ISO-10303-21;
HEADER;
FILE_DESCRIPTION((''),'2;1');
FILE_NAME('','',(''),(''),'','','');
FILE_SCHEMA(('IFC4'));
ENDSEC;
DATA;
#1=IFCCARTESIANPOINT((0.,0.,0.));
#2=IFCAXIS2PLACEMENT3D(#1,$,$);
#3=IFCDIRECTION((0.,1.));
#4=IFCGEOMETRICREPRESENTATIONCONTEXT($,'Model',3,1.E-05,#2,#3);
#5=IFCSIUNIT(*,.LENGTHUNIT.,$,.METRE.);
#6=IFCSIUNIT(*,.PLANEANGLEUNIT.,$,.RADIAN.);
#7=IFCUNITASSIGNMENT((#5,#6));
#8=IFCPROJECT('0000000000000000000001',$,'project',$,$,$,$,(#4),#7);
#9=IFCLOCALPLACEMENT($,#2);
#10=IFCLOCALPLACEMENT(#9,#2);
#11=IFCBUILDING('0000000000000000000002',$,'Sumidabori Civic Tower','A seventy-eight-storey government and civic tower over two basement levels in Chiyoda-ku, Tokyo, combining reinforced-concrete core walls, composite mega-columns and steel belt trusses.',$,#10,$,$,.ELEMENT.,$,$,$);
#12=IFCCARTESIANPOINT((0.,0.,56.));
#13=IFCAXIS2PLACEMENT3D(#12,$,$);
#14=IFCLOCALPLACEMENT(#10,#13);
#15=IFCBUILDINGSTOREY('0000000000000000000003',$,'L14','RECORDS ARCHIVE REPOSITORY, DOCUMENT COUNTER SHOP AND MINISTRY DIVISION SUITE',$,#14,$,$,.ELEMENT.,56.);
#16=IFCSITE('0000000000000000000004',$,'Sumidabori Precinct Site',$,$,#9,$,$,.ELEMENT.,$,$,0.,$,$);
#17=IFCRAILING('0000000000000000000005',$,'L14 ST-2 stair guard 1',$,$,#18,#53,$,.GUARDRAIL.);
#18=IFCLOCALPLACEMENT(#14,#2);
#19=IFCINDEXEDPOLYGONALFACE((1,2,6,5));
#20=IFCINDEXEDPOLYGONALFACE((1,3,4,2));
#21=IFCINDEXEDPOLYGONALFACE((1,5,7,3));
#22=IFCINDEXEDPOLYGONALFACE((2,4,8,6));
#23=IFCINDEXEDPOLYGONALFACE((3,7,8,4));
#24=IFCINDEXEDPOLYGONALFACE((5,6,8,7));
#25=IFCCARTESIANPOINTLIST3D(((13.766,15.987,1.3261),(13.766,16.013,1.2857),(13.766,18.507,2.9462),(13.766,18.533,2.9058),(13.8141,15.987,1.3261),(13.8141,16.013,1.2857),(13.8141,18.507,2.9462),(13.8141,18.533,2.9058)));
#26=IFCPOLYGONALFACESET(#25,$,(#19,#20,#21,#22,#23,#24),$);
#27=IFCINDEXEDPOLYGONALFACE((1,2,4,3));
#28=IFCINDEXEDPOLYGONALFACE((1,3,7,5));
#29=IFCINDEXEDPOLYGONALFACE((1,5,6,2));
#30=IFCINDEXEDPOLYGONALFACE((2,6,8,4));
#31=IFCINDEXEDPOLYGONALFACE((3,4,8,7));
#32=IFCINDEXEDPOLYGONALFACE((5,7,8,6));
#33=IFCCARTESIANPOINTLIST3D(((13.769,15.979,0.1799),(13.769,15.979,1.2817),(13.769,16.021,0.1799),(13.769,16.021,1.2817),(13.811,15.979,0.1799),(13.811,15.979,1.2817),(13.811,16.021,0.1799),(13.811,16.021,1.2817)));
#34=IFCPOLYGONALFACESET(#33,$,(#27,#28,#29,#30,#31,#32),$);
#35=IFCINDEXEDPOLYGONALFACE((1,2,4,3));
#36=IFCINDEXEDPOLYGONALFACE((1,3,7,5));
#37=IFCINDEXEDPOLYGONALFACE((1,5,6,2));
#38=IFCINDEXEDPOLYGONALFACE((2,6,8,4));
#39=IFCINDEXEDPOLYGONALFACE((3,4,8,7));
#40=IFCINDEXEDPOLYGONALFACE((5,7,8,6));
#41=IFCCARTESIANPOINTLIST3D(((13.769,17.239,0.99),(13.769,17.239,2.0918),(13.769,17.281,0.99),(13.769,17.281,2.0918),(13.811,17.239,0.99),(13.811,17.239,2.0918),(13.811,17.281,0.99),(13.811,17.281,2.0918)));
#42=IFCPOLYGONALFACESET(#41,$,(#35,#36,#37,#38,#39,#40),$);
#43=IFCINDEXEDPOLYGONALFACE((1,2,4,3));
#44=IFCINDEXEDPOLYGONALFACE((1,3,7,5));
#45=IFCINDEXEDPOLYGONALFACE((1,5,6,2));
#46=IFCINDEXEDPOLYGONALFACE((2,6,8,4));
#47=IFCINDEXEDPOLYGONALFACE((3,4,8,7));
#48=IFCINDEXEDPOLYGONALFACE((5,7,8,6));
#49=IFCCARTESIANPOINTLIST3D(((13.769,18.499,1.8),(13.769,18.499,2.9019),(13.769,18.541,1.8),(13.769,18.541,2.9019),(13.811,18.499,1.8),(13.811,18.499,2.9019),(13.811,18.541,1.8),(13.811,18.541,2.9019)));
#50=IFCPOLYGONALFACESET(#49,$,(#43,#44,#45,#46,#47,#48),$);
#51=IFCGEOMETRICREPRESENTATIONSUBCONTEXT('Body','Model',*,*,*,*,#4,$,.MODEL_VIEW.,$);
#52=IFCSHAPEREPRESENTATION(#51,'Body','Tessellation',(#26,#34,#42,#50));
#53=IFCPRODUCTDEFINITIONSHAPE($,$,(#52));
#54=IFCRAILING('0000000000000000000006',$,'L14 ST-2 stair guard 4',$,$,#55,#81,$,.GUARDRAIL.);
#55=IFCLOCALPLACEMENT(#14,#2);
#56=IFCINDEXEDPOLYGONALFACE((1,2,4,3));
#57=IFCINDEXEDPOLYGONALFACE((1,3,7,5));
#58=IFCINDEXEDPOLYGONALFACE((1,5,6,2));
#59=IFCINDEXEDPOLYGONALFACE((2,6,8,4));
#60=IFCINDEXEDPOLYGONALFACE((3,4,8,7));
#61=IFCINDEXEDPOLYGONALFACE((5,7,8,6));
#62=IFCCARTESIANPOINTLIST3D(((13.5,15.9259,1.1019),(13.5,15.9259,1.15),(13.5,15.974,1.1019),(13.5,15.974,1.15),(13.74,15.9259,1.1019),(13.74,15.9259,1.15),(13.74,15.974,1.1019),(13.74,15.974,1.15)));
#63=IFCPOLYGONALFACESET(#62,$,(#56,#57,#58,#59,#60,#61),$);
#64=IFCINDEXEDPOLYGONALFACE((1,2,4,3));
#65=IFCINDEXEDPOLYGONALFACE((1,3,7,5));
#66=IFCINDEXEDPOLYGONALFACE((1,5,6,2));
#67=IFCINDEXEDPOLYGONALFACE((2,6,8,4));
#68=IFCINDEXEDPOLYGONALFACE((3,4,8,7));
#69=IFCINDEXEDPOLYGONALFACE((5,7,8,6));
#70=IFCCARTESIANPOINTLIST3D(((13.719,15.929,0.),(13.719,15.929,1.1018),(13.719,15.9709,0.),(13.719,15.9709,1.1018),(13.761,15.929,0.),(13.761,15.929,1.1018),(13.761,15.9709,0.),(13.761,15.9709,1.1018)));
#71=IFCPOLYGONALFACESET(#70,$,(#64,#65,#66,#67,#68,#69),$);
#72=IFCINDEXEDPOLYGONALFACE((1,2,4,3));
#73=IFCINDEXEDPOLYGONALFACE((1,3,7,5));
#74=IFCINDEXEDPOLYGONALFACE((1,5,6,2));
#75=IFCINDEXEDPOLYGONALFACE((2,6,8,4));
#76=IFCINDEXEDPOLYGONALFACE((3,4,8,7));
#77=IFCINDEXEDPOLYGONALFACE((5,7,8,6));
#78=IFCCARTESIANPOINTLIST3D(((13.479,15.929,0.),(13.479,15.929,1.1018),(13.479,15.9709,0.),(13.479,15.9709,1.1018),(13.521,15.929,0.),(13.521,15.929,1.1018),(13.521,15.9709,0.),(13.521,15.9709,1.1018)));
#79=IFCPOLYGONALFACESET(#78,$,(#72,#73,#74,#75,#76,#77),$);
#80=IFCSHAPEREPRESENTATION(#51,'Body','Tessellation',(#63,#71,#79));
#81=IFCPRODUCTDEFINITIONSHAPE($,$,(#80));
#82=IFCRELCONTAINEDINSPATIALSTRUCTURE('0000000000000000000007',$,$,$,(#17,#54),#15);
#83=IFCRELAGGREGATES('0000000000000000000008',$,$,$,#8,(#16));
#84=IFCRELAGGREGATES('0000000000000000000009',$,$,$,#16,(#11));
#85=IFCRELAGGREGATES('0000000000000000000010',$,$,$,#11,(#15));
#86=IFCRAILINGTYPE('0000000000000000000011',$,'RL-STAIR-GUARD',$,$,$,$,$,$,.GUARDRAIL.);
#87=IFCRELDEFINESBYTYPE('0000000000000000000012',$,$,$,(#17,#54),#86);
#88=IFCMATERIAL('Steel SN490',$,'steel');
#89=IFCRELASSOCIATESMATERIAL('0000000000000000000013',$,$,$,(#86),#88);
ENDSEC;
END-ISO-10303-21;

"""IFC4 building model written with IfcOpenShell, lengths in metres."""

from ifc_helpers import new_model, si_unit, direction, frame, origin, origin_2d, place, context, subcontext, project, spatial, rectangle, extrude, material, type_object, element, save


model = new_model("IFC4")

# Units and contexts
model_context = context("Model", 3, precision=1e-05, world=origin(), true_north=direction((0.0, 1.0)))
body_context = subcontext(model_context, "Body", "Model", "MODEL_VIEW")
ifc_project = project(units=[si_unit("LENGTHUNIT", "METRE"), si_unit("PLANEANGLEUNIT", "RADIAN")], contexts=[model_context])

# Site, building, storey
site_placement = place(None, origin())
site = spatial("IfcSite", under=ifc_project, at=site_placement, Name="Sumidabori Precinct Site", CompositionType="ELEMENT", RefElevation=0.0)
building_placement = place(site_placement, origin())
building = spatial("IfcBuilding", under=site, at=building_placement, Name="Sumidabori Civic Tower", Description="A seventy-eight-storey government and civic tower over two basement levels in Chiyoda-ku, Tokyo, combining reinforced-concrete core walls, composite mega-columns and steel belt trusses.", CompositionType="ELEMENT")
storey_placement = place(building_placement, frame((0.0, 0.0, 56.0)))
storey = spatial("IfcBuildingStorey", under=building, at=storey_placement, Name="L14", Description="RECORDS ARCHIVE REPOSITORY, DOCUMENT COUNTER SHOP AND MINISTRY DIVISION SUITE", CompositionType="ELEMENT", Elevation=56.0)

# Shared definitions
ifc_material_1 = material(Name="Steel SN490", Category="steel")

# Railings
railing_type_1 = type_object("IfcRailingType", Name="RL-STAIR-GUARD", PredefinedType="GUARDRAIL", material=ifc_material_1)
railing_1_placement = place(storey_placement, frame((13.79, 16.0, 0.1799)))
element("IfcRailing", 1, at=railing_1_placement, inside=storey, type_object=railing_type_1, Name="L14 ST-2 stair guard 1", PredefinedType="GUARDRAIL", context=body_context, shape_type="SweptSolid", body=[
    extrude(rectangle(XDim=0.0481, YDim=0.0481, at=origin_2d()), frame((0.0, 0.0, 1.126), z_axis=(0.0, 0.841163, 0.540782), x_axis=(-1.0, 0.0, 0.0)), (0.0, 0.0, 1.0), 2.9958),
    extrude(rectangle(XDim=0.042, YDim=0.042, at=origin_2d()), origin(), (0.0, 0.0, 1.0), 1.1018),
    extrude(rectangle(XDim=0.042, YDim=0.042, at=origin_2d()), frame((0.0, 1.26, 0.8101)), (0.0, 0.0, 1.0), 1.1018),
    extrude(rectangle(XDim=0.042, YDim=0.042, at=origin_2d()), frame((0.0, 2.52, 1.6201)), (0.0, 0.0, 1.0), 1.1018),
])
railing_2_placement = place(storey_placement, frame((13.74, 15.95, 0.0)))
element("IfcRailing", 2, at=railing_2_placement, inside=storey, type_object=railing_type_1, Name="L14 ST-2 stair guard 4", PredefinedType="GUARDRAIL", context=body_context, shape_type="SweptSolid", body=[
    extrude(rectangle(XDim=0.0481, YDim=0.0481, at=origin_2d()), frame((0.0, 0.0, 1.126), z_axis=(-1.0, 0.0, 0.0), x_axis=(0.0, -1.0, 0.0)), (0.0, 0.0, 1.0), 0.24),
    extrude(rectangle(XDim=0.042, YDim=0.042, at=origin_2d()), origin(), (0.0, 0.0, 1.0), 1.1018),
    extrude(rectangle(XDim=0.042, YDim=0.042, at=origin_2d()), frame((-0.24, 0.0, 0.0)), (0.0, 0.0, 1.0), 1.1018),
])

save(model, "model.ifc")
